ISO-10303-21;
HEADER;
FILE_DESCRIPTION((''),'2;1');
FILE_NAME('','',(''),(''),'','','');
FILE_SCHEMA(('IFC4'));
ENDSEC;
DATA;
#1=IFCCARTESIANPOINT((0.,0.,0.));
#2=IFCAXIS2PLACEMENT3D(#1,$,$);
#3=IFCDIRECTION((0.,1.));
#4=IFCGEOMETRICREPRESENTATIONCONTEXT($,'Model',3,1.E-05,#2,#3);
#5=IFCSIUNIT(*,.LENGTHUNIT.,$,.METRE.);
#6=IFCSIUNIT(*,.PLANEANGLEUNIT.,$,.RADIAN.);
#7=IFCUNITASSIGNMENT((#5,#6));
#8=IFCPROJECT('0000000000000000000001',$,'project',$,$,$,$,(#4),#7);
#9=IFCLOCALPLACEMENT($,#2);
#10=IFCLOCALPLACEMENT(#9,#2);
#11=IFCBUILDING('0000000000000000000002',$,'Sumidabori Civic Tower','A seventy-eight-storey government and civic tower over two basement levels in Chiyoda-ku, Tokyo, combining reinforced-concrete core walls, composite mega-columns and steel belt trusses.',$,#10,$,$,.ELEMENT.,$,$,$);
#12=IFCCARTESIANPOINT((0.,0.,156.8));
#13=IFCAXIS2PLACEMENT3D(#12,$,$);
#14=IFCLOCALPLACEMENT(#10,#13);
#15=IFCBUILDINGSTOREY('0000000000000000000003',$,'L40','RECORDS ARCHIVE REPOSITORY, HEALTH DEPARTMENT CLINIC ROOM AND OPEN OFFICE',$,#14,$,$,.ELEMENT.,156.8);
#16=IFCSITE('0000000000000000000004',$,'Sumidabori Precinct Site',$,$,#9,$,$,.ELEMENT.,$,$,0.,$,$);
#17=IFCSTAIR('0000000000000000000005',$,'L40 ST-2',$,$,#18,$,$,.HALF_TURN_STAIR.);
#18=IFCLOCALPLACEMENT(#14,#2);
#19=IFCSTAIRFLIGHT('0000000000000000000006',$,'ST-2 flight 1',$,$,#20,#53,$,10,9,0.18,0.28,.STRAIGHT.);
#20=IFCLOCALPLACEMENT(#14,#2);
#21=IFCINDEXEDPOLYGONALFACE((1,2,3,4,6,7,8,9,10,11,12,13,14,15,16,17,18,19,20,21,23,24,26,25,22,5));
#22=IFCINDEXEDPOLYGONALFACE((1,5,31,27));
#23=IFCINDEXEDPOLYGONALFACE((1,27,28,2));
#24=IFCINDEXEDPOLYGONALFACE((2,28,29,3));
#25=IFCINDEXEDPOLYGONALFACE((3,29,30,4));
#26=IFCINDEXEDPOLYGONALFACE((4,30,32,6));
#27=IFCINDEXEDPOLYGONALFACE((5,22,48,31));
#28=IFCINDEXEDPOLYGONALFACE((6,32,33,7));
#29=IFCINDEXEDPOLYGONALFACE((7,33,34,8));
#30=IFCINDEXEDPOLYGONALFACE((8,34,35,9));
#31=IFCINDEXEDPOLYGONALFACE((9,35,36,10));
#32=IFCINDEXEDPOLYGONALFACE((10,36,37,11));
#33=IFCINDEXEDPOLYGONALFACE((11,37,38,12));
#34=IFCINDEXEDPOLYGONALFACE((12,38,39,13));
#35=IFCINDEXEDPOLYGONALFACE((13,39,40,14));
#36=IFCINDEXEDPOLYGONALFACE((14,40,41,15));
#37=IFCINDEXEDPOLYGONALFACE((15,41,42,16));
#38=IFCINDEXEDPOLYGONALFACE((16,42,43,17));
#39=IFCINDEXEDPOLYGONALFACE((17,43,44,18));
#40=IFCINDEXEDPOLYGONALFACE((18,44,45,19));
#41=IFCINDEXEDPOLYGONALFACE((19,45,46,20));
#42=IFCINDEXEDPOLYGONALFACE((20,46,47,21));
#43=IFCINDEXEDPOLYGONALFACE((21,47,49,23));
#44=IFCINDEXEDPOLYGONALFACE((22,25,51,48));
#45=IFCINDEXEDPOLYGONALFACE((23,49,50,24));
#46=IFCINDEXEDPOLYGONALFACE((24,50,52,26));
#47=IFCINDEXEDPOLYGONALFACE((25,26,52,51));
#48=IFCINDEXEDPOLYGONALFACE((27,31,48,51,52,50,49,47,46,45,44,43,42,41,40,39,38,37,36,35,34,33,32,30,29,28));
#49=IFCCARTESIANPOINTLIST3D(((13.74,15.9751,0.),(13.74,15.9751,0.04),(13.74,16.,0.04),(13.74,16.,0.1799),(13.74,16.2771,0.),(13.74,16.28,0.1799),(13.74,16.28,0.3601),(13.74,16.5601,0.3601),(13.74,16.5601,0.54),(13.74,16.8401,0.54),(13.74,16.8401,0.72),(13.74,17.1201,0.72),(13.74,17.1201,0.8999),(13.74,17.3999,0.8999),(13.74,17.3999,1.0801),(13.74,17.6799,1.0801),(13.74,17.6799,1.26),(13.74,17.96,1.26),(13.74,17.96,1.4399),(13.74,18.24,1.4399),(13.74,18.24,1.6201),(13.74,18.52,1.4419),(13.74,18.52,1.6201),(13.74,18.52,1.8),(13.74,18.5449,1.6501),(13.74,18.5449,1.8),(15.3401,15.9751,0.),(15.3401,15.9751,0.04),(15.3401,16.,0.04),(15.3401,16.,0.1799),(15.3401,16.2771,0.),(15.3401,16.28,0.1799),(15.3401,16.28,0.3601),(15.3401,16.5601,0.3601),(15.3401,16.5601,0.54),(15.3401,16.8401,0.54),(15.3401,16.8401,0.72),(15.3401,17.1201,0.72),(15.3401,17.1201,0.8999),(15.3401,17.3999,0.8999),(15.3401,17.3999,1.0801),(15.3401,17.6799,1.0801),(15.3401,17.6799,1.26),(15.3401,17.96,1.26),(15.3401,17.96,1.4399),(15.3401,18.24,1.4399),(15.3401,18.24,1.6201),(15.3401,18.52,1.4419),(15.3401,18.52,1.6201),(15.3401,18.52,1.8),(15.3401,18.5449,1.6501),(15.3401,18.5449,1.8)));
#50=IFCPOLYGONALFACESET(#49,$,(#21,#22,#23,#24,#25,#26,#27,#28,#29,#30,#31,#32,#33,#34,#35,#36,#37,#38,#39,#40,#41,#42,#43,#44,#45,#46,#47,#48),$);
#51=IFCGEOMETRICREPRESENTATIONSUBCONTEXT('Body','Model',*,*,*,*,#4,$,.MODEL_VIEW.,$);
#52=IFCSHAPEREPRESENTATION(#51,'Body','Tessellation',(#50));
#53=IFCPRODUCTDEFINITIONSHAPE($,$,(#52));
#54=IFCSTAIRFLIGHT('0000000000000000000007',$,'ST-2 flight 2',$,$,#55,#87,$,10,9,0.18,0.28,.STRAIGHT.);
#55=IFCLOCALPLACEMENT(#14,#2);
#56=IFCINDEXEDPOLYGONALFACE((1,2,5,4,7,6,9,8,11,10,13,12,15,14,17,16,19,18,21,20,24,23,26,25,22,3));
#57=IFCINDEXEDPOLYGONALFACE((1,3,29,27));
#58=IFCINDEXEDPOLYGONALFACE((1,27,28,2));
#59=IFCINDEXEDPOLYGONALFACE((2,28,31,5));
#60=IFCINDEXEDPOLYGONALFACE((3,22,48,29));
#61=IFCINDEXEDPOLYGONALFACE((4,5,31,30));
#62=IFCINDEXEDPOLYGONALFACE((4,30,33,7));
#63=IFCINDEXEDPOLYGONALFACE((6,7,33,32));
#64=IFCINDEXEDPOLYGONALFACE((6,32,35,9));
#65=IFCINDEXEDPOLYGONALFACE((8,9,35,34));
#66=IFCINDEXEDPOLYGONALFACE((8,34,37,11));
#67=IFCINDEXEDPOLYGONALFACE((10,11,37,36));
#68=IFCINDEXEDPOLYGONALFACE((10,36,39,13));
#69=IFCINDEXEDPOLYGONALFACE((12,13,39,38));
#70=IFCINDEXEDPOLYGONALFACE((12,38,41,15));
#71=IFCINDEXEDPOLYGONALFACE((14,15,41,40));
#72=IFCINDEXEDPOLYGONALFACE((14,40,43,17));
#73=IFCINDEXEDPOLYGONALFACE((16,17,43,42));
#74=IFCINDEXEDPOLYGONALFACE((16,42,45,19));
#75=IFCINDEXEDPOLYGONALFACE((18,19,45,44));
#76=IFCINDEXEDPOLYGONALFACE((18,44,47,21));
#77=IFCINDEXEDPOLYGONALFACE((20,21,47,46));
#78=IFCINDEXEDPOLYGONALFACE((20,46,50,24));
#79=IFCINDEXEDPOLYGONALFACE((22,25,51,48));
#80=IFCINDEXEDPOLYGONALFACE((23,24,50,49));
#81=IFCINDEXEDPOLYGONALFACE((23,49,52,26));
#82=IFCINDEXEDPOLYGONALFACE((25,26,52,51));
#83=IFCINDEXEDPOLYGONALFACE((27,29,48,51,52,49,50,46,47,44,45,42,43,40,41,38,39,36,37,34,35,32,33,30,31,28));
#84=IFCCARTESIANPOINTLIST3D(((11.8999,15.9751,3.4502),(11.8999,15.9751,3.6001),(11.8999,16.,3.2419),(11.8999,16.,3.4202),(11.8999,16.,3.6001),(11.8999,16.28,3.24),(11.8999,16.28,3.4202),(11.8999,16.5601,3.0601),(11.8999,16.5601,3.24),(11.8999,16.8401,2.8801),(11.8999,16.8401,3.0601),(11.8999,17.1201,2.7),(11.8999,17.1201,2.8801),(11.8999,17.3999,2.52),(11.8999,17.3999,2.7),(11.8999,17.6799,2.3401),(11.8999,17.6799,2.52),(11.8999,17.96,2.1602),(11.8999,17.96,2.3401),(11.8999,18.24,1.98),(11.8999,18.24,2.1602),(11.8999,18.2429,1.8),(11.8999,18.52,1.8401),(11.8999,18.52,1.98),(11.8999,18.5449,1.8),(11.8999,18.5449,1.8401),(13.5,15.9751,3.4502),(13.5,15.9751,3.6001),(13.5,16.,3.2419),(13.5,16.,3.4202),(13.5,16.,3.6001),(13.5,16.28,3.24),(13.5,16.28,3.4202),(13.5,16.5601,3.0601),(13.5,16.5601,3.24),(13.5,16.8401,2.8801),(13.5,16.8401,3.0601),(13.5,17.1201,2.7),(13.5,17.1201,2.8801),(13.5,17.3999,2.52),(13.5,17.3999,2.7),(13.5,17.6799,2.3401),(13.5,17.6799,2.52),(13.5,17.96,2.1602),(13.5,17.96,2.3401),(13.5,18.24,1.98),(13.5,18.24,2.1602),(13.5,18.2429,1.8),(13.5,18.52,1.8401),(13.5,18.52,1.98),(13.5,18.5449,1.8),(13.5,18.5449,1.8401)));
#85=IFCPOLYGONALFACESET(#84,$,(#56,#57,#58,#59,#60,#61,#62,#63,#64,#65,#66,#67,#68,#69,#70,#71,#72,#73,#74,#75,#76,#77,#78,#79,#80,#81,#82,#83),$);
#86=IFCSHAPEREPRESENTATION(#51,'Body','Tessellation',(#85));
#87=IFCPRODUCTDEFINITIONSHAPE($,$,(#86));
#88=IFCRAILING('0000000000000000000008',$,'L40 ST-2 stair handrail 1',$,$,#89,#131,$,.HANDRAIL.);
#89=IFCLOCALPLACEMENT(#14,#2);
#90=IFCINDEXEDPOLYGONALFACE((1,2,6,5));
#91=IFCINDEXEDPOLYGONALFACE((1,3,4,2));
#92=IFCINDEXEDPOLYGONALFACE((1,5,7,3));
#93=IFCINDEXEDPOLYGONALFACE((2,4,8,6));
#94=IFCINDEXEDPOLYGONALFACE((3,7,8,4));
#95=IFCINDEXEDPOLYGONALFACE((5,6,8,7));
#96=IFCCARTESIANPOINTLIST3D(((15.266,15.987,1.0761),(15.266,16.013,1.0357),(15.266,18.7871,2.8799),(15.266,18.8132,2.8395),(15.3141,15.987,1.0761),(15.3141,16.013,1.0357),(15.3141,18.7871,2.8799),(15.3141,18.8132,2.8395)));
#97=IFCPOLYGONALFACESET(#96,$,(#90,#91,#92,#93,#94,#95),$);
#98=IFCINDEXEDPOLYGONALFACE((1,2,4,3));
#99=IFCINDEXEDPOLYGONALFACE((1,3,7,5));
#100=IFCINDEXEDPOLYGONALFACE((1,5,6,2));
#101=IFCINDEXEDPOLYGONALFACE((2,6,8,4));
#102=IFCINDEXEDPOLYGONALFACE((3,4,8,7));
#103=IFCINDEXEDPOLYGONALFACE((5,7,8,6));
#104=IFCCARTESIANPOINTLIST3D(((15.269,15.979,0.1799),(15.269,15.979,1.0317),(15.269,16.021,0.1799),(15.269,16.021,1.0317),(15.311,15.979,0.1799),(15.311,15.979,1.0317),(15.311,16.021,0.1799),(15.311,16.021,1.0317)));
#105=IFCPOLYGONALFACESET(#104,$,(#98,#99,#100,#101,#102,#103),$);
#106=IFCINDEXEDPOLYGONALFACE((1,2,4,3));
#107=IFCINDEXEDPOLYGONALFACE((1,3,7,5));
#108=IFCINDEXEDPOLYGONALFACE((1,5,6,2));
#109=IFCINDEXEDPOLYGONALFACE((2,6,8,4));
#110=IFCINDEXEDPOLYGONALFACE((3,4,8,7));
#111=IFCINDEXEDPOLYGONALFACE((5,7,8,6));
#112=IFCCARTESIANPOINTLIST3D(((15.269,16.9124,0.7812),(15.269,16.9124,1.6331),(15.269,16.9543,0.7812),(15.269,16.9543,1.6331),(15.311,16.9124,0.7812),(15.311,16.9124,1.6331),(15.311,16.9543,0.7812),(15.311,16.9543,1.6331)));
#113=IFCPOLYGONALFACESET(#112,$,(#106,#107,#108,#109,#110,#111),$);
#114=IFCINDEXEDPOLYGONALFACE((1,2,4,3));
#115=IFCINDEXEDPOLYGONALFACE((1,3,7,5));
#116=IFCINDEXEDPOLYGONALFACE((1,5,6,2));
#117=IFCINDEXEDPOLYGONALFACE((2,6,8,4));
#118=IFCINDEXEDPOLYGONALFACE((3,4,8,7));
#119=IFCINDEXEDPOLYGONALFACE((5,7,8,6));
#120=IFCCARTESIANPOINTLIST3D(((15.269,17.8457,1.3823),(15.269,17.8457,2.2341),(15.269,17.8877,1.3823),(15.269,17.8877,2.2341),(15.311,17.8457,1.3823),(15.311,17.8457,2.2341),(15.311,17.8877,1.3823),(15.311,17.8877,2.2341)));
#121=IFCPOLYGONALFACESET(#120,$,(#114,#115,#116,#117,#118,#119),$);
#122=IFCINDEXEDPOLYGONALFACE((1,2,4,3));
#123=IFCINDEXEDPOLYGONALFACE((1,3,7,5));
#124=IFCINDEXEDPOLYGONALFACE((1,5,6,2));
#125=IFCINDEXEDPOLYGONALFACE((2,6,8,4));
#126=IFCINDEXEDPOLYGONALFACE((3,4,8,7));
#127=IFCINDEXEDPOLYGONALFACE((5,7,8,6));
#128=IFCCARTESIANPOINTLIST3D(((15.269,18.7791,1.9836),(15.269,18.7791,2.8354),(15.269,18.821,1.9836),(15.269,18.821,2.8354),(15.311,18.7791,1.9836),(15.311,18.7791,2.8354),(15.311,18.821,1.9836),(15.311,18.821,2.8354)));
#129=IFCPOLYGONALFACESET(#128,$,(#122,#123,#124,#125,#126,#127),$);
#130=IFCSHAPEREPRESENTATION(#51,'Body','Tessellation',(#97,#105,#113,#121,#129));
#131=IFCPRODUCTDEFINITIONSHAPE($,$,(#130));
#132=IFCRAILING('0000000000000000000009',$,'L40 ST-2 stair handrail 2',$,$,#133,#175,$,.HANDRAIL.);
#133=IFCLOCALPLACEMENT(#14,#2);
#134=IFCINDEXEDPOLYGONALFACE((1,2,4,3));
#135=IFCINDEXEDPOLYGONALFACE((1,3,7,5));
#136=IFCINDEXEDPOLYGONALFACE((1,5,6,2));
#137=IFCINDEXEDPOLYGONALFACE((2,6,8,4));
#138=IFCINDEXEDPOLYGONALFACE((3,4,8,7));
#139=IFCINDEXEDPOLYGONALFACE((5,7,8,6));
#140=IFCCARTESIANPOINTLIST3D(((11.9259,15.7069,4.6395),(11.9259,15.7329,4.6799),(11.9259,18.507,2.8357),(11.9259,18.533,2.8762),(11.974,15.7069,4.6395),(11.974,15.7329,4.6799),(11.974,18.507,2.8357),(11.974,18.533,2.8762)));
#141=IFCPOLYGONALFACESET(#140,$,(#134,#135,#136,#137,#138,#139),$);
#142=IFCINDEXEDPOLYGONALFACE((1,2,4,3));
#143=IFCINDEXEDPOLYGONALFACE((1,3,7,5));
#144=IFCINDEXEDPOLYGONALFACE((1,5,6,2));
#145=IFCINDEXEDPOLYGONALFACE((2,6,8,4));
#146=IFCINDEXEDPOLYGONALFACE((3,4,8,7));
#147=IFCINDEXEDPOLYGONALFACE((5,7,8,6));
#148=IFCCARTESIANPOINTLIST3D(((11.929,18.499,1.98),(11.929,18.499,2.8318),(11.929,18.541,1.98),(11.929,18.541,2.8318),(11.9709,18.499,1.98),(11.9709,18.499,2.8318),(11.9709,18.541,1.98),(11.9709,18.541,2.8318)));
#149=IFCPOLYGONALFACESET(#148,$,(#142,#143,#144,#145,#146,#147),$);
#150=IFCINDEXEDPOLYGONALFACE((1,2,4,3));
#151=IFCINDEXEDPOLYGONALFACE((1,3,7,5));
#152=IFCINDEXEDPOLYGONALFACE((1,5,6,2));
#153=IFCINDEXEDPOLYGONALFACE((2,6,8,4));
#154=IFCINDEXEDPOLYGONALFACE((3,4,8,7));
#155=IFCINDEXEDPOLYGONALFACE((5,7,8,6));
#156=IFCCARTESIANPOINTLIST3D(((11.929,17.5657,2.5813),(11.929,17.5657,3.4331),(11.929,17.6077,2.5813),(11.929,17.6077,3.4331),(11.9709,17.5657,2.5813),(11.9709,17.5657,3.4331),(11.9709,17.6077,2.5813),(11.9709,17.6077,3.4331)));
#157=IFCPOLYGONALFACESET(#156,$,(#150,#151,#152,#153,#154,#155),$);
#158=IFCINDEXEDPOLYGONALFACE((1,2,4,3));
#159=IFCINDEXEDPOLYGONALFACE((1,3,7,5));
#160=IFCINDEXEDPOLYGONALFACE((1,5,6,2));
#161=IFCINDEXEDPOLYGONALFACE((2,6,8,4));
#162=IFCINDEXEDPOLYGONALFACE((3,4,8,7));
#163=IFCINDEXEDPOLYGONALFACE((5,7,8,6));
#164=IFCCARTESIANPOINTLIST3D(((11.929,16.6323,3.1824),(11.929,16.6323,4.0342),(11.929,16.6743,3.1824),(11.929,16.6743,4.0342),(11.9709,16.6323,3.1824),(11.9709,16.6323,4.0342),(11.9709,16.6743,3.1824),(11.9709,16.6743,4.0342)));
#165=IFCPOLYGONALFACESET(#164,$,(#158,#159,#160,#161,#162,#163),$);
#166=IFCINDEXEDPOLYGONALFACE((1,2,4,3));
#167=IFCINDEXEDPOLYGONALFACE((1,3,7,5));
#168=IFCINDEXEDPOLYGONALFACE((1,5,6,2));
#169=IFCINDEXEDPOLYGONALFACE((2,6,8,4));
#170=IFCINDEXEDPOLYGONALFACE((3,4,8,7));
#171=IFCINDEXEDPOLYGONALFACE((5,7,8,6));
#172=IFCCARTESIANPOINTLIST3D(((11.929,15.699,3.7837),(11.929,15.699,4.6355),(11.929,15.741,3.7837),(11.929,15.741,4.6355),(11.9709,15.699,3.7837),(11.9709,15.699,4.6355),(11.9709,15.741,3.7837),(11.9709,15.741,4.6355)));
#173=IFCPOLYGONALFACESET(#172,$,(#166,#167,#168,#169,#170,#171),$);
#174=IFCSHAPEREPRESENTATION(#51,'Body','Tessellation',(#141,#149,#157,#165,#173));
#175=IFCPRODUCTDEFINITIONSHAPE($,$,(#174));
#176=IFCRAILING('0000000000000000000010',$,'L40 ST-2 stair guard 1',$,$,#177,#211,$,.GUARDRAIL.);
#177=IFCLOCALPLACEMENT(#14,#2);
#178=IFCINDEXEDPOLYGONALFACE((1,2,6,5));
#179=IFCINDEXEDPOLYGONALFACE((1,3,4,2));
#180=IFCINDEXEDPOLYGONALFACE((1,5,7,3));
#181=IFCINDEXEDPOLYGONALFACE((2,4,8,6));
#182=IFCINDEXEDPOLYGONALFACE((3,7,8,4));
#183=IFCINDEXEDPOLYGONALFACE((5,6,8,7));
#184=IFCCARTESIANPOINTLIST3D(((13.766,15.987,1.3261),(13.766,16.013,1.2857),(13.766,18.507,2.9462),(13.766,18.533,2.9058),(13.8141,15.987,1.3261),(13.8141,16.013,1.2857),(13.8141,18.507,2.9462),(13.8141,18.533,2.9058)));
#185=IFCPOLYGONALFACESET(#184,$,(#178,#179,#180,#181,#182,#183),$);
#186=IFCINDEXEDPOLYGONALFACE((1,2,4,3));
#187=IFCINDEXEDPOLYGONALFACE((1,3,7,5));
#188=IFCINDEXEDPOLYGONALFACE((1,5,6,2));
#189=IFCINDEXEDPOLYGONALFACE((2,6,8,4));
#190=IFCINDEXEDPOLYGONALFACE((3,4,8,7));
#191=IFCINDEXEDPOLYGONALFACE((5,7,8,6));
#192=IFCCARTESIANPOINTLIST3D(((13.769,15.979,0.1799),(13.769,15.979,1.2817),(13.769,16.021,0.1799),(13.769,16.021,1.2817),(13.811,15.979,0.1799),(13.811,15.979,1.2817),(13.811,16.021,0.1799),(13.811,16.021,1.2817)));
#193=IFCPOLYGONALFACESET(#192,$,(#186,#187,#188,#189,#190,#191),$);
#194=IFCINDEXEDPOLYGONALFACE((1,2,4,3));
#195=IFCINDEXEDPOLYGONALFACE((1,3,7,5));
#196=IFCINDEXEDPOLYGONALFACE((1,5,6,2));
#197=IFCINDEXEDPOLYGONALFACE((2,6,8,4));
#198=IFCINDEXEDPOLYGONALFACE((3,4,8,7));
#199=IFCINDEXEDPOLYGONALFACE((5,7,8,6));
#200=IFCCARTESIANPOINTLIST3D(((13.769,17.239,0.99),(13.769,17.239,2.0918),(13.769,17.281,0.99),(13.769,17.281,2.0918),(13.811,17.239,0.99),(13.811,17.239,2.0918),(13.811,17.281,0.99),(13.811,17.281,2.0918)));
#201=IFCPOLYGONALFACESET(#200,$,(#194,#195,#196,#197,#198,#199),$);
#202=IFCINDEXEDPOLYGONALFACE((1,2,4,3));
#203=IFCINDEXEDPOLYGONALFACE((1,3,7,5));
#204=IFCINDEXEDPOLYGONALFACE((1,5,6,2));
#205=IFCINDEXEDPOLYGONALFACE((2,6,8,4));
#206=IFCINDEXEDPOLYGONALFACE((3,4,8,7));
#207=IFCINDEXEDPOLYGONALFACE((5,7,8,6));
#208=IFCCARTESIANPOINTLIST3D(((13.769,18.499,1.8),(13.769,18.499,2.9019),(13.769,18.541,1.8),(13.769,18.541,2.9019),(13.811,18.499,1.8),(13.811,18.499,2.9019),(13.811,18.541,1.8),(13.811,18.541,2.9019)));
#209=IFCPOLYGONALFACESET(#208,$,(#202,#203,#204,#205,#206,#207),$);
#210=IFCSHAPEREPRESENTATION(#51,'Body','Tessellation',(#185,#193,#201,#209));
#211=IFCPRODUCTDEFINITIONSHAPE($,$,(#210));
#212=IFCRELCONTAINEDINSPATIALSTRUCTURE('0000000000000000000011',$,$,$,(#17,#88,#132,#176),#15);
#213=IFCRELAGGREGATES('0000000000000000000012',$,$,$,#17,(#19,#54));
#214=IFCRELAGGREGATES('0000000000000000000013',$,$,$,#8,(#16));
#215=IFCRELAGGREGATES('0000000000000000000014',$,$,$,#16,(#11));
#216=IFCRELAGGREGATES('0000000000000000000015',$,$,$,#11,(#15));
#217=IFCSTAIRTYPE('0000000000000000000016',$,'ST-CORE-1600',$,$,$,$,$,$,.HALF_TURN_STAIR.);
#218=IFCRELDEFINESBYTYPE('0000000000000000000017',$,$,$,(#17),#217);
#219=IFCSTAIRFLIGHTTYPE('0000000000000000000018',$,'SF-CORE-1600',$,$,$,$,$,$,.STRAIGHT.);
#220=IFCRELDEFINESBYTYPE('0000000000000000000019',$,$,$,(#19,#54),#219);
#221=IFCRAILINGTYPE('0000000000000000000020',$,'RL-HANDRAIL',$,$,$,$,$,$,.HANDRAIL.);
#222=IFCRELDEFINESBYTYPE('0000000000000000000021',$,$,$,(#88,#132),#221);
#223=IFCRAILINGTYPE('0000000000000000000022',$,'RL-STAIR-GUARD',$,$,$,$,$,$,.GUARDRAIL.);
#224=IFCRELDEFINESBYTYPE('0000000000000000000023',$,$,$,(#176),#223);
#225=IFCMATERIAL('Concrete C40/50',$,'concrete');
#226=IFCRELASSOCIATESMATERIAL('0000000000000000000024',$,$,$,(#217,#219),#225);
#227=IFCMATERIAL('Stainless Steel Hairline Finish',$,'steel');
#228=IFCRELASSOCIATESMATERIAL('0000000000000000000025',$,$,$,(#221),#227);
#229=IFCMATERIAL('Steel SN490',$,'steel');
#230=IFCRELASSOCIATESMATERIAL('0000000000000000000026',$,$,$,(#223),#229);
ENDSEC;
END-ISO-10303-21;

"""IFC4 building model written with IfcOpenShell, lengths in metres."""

from ifc_helpers import new_model, si_unit, direction, frame, origin, origin_2d, place, context, subcontext, project, spatial, polyline, rectangle, outline, extrude, source, transform, mapped, material, type_object, element, aggregate, save


model = new_model("IFC4")

# Units and contexts
model_context = context("Model", 3, precision=1e-05, world=origin(), true_north=direction((0.0, 1.0)))
body_context = subcontext(model_context, "Body", "Model", "MODEL_VIEW")
ifc_project = project(units=[si_unit("LENGTHUNIT", "METRE"), si_unit("PLANEANGLEUNIT", "RADIAN")], contexts=[model_context])

# Site, building, storey
site_placement = place(None, origin())
site = spatial("IfcSite", under=ifc_project, at=site_placement, Name="Sumidabori Precinct Site", CompositionType="ELEMENT", RefElevation=0.0)
building_placement = place(site_placement, origin())
building = spatial("IfcBuilding", under=site, at=building_placement, Name="Sumidabori Civic Tower", Description="A seventy-eight-storey government and civic tower over two basement levels in Chiyoda-ku, Tokyo, combining reinforced-concrete core walls, composite mega-columns and steel belt trusses.", CompositionType="ELEMENT")
storey_placement = place(building_placement, frame((0.0, 0.0, 156.8)))
storey = spatial("IfcBuildingStorey", under=building, at=storey_placement, Name="L40", Description="RECORDS ARCHIVE REPOSITORY, HEALTH DEPARTMENT CLINIC ROOM AND OPEN OFFICE", CompositionType="ELEMENT", Elevation=156.8)

# Shared definitions
ifc_material_1 = material(Name="Steel SN490", Category="steel")

# Stair, stair flights
ifc_material_2 = material(Name="Concrete C40/50", Category="concrete")
stair_type = type_object("IfcStairType", Name="ST-CORE-1600", PredefinedType="HALF_TURN_STAIR", material=ifc_material_2)
stair_placement = place(storey_placement, origin())
stair = element("IfcStair", 1, at=stair_placement, inside=storey, type_object=stair_type, Name="L40 ST-2", PredefinedType="HALF_TURN_STAIR")
stair_flight_type = type_object("IfcStairFlightType", Name="SF-CORE-1600", PredefinedType="STRAIGHT", material=ifc_material_2)
shared_shape_1 = source(origin(), body_context, "Body", "SweptSolid", [
    extrude(outline(polyline([(-0.0249, 0.0), (-0.0249, 0.04), (0.0, 0.04), (0.0, 0.1799), (0.28, 0.1799), (0.28, 0.3601), (0.5601, 0.3601), (0.5601, 0.54), (0.8401, 0.54), (0.8401, 0.72), (1.1201, 0.72), (1.1201, 0.8999), (1.3999, 0.8999), (1.3999, 1.0801), (1.6799, 1.0801), (1.6799, 1.26), (1.96, 1.26), (1.96, 1.4399), (2.24, 1.4399), (2.24, 1.6201), (2.52, 1.6201), (2.52, 1.8), (2.5449, 1.8), (2.5449, 1.6501), (2.52, 1.4419), (0.2771, 0.0), (-0.0249, 0.0)])), frame((0.0, 0.8, 0.0), z_axis=(0.0, -1.0, 0.0), x_axis=(1.0, 0.0, 0.0)), (0.0, 0.0, 1.0), 1.6001),
])
stair_flight_1_placement = place(storey_placement, frame((14.54, 16.0, 0.0), z_axis=(0.0, 0.0, 1.0), x_axis=(0.0, 1.0, 0.0)))
stair_flight_1 = element("IfcStairFlight", 2, at=stair_flight_1_placement, type_object=stair_flight_type, Name="ST-2 flight 1", NumberOfRisers=10, NumberOfTreads=9, PredefinedType="STRAIGHT", RiserHeight=0.18, TreadLength=0.28, context=body_context, shape_type="MappedRepresentation", body=[
    mapped(shared_shape_1, transform((0.0, 0.0, 0.0), x_axis=(1.0, 0.0, 0.0), y_axis=(0.0, 1.0, 0.0), z_axis=(0.0, 0.0, 1.0), scale=1.0)),
])
stair_flight_2_placement = place(storey_placement, frame((12.7, 18.52, 1.8), z_axis=(0.0, 0.0, 1.0), x_axis=(0.0, -1.0, 0.0)))
stair_flight_2 = element("IfcStairFlight", 3, at=stair_flight_2_placement, type_object=stair_flight_type, Name="ST-2 flight 2", NumberOfRisers=10, NumberOfTreads=9, PredefinedType="STRAIGHT", RiserHeight=0.18, TreadLength=0.28, context=body_context, shape_type="MappedRepresentation", body=[
    mapped(shared_shape_1, transform((0.0, 0.0, 0.0), x_axis=(1.0, 0.0, 0.0), y_axis=(0.0, 1.0, 0.0), z_axis=(0.0, 0.0, 1.0), scale=1.0)),
])
aggregate(stair, [stair_flight_1, stair_flight_2])

# Railings
ifc_material_3 = material(Name="Stainless Steel Hairline Finish", Category="steel")
railing_type_1 = type_object("IfcRailingType", Name="RL-HANDRAIL", PredefinedType="HANDRAIL", material=ifc_material_3)
railing_1_placement = place(storey_placement, frame((15.29, 16.0, 0.1799)))
element("IfcRailing", 4, at=railing_1_placement, inside=storey, type_object=railing_type_1, Name="L40 ST-2 stair handrail 1", PredefinedType="HANDRAIL", context=body_context, shape_type="SweptSolid", body=[
    extrude(rectangle(XDim=0.0481, YDim=0.0481, at=origin_2d()), frame((0.0, 0.0, 0.876), z_axis=(0.0, 0.840676, 0.541539), x_axis=(-1.0, 0.0, 0.0)), (0.0, 0.0, 1.0), 3.3308),
    extrude(rectangle(XDim=0.042, YDim=0.042, at=origin_2d()), origin(), (0.0, 0.0, 1.0), 0.8518),
    extrude(rectangle(XDim=0.042, YDim=0.042, at=origin_2d()), frame((0.0, 0.9333, 0.6013)), (0.0, 0.0, 1.0), 0.8518),
    extrude(rectangle(XDim=0.042, YDim=0.042, at=origin_2d()), frame((0.0, 1.8667, 1.2024)), (0.0, 0.0, 1.0), 0.8518),
    extrude(rectangle(XDim=0.042, YDim=0.042, at=origin_2d()), frame((0.0, 2.8, 1.8037)), (0.0, 0.0, 1.0), 0.8518),
])
railing_2_placement = place(storey_placement, frame((11.95, 18.52, 1.98)))
element("IfcRailing", 5, at=railing_2_placement, inside=storey, type_object=railing_type_1, Name="L40 ST-2 stair handrail 2", PredefinedType="HANDRAIL", context=body_context, shape_type="SweptSolid", body=[
    extrude(rectangle(XDim=0.0481, YDim=0.0481, at=origin_2d()), frame((0.0, 0.0, 0.876), z_axis=(0.0, -0.840676, 0.541539), x_axis=(1.0, 0.0, 0.0)), (0.0, 0.0, 1.0), 3.3308),
    extrude(rectangle(XDim=0.042, YDim=0.042, at=origin_2d()), origin(), (0.0, 0.0, 1.0), 0.8518),
    extrude(rectangle(XDim=0.042, YDim=0.042, at=origin_2d()), frame((0.0, -0.9333, 0.6013)), (0.0, 0.0, 1.0), 0.8518),
    extrude(rectangle(XDim=0.042, YDim=0.042, at=origin_2d()), frame((0.0, -1.8667, 1.2024)), (0.0, 0.0, 1.0), 0.8518),
    extrude(rectangle(XDim=0.042, YDim=0.042, at=origin_2d()), frame((0.0, -2.8, 1.8037)), (0.0, 0.0, 1.0), 0.8518),
])
railing_type_2 = type_object("IfcRailingType", Name="RL-STAIR-GUARD", PredefinedType="GUARDRAIL", material=ifc_material_1)
railing_3_placement = place(storey_placement, frame((13.79, 16.0, 0.1799)))
element("IfcRailing", 6, at=railing_3_placement, inside=storey, type_object=railing_type_2, Name="L40 ST-2 stair guard 1", PredefinedType="GUARDRAIL", context=body_context, shape_type="SweptSolid", body=[
    extrude(rectangle(XDim=0.0481, YDim=0.0481, at=origin_2d()), frame((0.0, 0.0, 1.126), z_axis=(0.0, 0.841163, 0.540782), x_axis=(-1.0, 0.0, 0.0)), (0.0, 0.0, 1.0), 2.9958),
    extrude(rectangle(XDim=0.042, YDim=0.042, at=origin_2d()), origin(), (0.0, 0.0, 1.0), 1.1018),
    extrude(rectangle(XDim=0.042, YDim=0.042, at=origin_2d()), frame((0.0, 1.26, 0.8101)), (0.0, 0.0, 1.0), 1.1018),
    extrude(rectangle(XDim=0.042, YDim=0.042, at=origin_2d()), frame((0.0, 2.52, 1.6201)), (0.0, 0.0, 1.0), 1.1018),
])

save(model, "model.ifc")
